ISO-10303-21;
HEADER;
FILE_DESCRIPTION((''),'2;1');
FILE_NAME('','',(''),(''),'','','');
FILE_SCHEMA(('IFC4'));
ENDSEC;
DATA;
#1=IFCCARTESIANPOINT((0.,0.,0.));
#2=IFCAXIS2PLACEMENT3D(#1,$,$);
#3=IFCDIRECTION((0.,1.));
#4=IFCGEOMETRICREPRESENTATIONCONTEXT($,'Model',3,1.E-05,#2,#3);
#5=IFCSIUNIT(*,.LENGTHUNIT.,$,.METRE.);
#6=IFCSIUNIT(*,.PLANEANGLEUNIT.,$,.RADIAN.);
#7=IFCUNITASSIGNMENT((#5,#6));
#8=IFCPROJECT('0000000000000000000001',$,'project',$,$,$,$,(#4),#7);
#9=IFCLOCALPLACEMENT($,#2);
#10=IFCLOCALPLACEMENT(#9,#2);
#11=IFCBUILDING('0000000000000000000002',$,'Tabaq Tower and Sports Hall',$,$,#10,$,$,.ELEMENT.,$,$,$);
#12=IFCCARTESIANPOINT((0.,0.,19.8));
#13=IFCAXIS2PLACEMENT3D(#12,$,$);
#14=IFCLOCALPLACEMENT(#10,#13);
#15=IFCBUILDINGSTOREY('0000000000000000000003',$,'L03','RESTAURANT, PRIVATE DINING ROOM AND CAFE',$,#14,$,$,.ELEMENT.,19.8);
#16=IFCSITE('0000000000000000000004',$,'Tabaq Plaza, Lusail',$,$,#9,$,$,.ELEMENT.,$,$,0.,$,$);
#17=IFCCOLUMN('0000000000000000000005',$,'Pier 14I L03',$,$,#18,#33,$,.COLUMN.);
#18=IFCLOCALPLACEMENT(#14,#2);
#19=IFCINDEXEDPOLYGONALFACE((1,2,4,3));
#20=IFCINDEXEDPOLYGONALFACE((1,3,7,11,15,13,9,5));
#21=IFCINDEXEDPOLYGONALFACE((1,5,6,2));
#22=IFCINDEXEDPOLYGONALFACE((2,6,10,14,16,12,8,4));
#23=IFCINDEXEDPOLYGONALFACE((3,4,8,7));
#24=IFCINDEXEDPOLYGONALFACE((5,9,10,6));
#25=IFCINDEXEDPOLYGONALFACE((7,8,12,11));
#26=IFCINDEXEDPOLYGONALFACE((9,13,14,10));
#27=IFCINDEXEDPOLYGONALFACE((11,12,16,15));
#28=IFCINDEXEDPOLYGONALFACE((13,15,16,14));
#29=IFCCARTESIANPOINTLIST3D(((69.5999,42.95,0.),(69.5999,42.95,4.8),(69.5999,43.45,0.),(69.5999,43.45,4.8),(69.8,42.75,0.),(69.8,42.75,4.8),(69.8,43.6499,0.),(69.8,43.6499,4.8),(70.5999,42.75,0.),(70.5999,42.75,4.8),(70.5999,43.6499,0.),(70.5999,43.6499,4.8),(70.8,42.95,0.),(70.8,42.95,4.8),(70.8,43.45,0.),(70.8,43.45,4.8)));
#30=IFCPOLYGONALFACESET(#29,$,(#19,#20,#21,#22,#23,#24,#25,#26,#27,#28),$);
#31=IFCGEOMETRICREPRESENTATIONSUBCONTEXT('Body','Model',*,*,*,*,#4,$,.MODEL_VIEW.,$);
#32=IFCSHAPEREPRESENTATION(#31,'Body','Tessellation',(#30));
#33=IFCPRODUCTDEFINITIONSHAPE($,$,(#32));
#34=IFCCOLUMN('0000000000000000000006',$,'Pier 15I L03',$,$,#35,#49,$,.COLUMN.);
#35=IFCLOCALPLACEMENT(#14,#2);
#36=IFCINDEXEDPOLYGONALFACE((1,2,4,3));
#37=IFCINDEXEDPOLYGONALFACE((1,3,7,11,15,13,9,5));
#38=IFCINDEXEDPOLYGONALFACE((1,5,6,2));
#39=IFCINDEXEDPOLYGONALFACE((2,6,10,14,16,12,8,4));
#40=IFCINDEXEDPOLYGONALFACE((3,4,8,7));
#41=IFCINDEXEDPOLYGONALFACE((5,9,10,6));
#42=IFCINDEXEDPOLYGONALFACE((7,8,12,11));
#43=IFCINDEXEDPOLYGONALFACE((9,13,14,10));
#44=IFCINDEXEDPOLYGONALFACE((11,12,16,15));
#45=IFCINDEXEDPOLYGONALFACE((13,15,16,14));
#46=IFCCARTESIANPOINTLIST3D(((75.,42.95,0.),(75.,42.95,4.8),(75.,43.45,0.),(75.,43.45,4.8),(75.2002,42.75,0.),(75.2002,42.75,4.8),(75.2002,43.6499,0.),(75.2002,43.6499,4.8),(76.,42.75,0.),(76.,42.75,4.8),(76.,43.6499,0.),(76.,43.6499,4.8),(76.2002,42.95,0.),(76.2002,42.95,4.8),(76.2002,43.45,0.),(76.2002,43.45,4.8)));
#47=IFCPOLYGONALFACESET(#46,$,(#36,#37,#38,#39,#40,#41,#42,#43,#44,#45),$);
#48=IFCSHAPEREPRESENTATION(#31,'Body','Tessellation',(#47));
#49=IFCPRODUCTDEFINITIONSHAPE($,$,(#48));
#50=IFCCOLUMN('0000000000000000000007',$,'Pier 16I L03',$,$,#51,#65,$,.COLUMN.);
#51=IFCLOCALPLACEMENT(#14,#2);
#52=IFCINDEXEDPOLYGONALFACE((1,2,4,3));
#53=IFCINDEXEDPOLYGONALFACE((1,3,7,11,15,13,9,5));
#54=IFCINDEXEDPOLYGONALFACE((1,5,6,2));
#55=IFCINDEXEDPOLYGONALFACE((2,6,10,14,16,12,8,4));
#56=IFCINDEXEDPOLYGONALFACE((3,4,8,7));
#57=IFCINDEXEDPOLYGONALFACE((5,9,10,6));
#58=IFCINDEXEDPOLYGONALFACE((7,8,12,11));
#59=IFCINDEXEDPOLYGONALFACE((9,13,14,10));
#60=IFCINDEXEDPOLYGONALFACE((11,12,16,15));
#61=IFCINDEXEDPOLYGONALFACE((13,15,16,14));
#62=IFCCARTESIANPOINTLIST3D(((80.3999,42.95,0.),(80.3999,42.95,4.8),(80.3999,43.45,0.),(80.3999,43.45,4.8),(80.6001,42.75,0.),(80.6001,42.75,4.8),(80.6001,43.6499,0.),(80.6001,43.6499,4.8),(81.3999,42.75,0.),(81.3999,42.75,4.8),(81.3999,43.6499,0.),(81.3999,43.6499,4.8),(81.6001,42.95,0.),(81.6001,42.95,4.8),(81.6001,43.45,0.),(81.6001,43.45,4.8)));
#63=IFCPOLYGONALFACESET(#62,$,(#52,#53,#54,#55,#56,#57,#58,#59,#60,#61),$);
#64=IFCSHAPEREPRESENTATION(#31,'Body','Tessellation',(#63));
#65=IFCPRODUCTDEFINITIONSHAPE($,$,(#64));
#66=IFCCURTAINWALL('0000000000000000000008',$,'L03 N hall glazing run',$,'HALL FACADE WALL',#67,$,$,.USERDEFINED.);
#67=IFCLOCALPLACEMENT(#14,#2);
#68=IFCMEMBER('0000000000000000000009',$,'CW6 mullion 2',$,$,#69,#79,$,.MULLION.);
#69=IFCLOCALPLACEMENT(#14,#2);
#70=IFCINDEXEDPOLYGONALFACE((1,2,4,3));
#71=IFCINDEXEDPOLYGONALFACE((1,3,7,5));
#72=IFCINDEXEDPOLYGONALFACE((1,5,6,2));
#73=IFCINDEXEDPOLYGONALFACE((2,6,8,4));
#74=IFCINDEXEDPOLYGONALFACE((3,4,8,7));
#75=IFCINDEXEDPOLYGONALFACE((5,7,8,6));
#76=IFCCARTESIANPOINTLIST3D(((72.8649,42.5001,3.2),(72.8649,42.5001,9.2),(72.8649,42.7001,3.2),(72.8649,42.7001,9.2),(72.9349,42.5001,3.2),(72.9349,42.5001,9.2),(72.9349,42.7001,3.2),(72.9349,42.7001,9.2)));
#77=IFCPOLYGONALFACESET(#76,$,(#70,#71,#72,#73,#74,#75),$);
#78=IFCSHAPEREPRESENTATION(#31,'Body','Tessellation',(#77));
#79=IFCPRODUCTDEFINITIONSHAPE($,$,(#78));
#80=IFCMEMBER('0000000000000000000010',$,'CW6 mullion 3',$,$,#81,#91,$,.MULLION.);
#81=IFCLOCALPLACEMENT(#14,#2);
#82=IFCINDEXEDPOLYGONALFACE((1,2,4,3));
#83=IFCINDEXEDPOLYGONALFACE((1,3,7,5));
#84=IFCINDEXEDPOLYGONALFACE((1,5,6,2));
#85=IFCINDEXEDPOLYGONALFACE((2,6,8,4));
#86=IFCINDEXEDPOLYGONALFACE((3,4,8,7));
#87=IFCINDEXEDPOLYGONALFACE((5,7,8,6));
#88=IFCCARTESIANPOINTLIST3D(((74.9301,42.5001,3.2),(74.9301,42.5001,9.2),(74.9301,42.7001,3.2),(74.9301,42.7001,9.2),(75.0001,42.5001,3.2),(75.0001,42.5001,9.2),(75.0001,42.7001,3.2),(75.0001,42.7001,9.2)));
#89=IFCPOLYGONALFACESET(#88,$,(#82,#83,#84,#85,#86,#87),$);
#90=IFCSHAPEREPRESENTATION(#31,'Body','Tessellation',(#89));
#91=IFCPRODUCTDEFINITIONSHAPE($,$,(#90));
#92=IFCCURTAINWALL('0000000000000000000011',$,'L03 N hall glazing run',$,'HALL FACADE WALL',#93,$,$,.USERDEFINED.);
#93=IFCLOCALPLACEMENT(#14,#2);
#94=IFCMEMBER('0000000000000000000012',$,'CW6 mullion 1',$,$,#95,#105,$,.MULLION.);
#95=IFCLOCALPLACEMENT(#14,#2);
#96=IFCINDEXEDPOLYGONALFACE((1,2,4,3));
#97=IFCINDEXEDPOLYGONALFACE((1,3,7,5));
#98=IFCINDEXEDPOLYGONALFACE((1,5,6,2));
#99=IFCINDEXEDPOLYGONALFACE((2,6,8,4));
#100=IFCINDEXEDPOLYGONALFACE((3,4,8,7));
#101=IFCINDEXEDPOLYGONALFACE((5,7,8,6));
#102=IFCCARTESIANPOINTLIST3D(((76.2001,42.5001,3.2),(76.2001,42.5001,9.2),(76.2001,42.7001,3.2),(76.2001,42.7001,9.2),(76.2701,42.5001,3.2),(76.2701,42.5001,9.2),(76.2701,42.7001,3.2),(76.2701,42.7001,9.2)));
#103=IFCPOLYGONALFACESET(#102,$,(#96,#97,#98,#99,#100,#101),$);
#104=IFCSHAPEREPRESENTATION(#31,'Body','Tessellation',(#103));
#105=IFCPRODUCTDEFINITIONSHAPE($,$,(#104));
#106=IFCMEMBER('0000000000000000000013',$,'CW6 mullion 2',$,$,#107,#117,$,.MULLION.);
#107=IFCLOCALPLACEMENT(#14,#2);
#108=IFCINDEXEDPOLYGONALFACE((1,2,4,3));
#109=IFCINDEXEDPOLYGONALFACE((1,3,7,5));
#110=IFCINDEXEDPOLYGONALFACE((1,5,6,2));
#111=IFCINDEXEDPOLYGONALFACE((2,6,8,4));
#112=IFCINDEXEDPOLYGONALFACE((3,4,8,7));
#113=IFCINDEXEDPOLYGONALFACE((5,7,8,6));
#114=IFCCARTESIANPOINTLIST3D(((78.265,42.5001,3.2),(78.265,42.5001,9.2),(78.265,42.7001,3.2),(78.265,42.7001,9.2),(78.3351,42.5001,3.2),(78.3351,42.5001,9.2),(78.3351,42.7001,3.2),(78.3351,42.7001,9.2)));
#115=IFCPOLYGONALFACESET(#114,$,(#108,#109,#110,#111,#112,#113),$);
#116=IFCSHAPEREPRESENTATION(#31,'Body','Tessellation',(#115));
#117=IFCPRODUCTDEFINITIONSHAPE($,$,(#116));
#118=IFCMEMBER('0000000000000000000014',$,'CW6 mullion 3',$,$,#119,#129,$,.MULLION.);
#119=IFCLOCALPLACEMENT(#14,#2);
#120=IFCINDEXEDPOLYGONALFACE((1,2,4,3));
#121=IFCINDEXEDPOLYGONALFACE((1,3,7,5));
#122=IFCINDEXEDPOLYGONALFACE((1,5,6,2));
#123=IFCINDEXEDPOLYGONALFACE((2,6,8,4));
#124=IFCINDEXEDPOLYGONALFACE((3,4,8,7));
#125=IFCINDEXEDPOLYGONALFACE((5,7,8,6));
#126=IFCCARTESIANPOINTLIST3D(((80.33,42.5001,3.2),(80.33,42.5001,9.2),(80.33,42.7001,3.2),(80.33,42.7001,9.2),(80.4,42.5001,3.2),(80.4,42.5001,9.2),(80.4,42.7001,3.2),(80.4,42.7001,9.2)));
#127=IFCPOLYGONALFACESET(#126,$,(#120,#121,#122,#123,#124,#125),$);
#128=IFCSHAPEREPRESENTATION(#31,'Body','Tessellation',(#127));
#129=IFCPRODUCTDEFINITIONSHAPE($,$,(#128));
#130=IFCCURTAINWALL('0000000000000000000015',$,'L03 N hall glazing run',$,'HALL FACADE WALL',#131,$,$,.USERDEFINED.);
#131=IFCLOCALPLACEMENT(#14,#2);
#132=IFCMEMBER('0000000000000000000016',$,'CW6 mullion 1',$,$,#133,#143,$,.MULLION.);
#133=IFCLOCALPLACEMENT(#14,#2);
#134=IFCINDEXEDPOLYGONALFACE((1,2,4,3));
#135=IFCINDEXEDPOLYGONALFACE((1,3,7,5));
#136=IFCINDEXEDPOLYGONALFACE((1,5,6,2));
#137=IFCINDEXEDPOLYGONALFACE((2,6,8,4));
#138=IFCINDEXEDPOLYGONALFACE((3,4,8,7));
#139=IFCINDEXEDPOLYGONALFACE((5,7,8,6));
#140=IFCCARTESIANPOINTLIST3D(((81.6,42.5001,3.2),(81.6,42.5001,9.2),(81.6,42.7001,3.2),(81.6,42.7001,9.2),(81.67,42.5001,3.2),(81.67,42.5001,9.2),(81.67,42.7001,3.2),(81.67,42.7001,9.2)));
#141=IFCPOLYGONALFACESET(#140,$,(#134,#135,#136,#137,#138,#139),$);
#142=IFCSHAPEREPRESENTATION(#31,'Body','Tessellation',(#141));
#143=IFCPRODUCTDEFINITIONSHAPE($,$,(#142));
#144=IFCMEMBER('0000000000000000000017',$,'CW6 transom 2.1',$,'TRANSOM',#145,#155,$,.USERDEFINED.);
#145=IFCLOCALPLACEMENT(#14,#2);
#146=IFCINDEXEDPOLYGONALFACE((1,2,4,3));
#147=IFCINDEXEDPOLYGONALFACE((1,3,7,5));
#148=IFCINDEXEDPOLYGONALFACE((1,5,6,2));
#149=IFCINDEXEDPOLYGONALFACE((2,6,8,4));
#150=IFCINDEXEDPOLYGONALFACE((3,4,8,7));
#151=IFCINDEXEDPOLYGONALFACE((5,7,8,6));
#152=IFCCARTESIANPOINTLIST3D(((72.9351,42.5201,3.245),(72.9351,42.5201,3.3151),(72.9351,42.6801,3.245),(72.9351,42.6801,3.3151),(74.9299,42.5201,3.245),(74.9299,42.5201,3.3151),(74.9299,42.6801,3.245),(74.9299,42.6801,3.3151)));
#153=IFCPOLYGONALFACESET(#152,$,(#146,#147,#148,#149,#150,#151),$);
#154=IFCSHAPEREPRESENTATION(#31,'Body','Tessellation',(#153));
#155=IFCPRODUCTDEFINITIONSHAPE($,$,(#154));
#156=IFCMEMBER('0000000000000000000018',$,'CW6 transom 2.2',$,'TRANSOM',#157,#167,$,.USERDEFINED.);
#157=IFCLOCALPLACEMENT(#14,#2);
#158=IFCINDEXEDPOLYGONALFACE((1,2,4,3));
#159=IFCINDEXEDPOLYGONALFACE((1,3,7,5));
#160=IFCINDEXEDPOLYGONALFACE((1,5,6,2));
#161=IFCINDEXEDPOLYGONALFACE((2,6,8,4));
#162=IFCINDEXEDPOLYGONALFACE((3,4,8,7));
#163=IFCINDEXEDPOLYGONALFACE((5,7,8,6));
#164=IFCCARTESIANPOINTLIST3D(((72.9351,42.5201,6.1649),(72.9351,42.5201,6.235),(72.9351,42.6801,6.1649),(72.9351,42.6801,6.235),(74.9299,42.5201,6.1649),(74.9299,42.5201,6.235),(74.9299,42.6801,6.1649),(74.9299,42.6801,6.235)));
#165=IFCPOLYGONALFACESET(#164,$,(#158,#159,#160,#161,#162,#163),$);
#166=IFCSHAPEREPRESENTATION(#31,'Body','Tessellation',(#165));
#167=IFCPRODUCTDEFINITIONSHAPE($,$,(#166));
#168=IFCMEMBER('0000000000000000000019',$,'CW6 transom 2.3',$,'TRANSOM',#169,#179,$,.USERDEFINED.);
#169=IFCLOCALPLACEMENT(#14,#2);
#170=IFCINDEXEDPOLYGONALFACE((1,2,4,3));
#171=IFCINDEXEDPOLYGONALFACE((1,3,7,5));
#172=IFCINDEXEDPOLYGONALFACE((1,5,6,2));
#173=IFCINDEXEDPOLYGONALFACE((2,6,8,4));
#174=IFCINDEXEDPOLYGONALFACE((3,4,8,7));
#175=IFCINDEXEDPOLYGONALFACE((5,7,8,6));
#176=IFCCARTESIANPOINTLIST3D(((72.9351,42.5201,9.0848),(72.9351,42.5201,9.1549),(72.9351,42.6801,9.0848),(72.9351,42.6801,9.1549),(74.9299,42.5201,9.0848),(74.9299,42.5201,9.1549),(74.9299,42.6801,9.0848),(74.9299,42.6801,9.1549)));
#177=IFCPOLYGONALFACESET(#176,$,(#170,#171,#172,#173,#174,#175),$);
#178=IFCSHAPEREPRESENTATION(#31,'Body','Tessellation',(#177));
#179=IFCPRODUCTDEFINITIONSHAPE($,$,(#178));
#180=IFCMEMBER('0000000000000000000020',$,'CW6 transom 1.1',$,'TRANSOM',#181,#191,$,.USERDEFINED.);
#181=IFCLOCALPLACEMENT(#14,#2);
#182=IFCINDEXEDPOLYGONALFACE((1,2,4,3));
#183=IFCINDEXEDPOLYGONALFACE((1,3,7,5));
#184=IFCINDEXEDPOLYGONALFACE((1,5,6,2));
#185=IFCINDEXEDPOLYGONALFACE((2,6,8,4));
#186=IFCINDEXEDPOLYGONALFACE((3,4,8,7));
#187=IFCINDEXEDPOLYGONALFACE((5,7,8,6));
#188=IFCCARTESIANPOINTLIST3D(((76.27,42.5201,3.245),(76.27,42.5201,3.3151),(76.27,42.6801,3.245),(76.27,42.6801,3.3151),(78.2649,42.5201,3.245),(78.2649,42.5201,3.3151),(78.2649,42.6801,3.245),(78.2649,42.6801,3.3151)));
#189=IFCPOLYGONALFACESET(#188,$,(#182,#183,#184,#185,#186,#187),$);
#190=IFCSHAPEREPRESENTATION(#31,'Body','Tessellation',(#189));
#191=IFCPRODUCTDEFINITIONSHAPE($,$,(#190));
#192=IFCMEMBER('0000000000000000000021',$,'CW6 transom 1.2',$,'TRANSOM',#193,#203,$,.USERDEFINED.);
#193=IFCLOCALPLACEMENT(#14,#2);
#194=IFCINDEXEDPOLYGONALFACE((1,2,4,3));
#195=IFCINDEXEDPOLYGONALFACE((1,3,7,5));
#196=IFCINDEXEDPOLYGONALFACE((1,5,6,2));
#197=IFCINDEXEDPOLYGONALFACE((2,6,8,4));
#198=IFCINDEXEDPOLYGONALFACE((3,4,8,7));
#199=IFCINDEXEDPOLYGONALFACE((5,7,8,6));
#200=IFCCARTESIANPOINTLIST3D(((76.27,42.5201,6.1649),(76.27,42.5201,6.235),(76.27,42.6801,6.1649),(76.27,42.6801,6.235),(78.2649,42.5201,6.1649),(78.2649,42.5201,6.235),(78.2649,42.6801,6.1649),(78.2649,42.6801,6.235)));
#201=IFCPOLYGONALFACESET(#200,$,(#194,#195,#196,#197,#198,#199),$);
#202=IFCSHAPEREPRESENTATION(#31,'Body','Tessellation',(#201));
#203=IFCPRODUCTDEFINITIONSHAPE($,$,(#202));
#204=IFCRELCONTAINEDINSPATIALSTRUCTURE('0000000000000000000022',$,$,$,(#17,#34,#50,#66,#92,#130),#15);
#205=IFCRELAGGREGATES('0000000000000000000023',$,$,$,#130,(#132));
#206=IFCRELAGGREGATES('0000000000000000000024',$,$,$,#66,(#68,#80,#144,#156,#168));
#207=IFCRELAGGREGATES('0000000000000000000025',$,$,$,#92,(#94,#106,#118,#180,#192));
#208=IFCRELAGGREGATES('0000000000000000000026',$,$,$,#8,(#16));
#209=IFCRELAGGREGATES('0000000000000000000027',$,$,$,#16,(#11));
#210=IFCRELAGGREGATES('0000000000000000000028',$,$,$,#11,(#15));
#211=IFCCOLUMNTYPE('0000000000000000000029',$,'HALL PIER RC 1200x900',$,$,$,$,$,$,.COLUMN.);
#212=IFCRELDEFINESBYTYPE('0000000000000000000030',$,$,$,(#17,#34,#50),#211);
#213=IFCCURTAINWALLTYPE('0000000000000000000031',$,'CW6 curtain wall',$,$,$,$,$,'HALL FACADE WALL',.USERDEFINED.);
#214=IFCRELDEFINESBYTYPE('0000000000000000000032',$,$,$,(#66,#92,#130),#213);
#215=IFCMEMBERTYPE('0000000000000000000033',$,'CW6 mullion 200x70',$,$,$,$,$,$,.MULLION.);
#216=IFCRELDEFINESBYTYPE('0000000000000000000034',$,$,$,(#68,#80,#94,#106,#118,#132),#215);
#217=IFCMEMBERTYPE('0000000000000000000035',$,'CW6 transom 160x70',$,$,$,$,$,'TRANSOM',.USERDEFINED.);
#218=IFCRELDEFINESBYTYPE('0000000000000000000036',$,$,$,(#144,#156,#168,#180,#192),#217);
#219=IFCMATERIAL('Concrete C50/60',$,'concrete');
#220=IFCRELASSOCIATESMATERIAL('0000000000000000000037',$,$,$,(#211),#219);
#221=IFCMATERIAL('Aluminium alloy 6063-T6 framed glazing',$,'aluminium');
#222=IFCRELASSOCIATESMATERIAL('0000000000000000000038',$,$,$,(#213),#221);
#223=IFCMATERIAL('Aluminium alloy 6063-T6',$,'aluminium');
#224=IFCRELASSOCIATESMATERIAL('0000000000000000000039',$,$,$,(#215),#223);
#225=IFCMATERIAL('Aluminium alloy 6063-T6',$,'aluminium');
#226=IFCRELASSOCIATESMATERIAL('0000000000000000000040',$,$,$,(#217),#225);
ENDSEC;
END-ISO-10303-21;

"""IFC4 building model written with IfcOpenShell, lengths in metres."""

from ifc_helpers import new_model, si_unit, direction, frame, origin, origin_2d, place, context, subcontext, project, spatial, polyline, rectangle, outline, extrude, material, material_profile, profile_set, type_object, element, aggregate, save


model = new_model("IFC4")

# Units and contexts
model_context = context("Model", 3, precision=1e-05, world=origin(), true_north=direction((0.0, 1.0)))
body_context = subcontext(model_context, "Body", "Model", "MODEL_VIEW")
ifc_project = project(units=[si_unit("LENGTHUNIT", "METRE"), si_unit("PLANEANGLEUNIT", "RADIAN")], contexts=[model_context])

# Site, building, storey
site_placement = place(None, origin())
site = spatial("IfcSite", under=ifc_project, at=site_placement, Name="Tabaq Plaza, Lusail", CompositionType="ELEMENT", RefElevation=0.0)
building_placement = place(site_placement, origin())
building = spatial("IfcBuilding", under=site, at=building_placement, Name="Tabaq Tower and Sports Hall", CompositionType="ELEMENT")
storey_placement = place(building_placement, frame((0.0, 0.0, 19.8)))
storey = spatial("IfcBuildingStorey", under=building, at=storey_placement, Name="L03", Description="RESTAURANT, PRIVATE DINING ROOM AND CAFE", CompositionType="ELEMENT", Elevation=19.8)

# Columns
ifc_material_1 = material(Name="Concrete C50/60", Category="concrete")
ifc_material_profile_1 = material_profile(ifc_material_1, outline(polyline([(-0.3999, -0.45), (0.3999, -0.45), (0.6001, -0.25), (0.6001, 0.25), (0.3999, 0.45), (-0.3999, 0.45), (-0.6001, 0.25), (-0.6001, -0.25), (-0.3999, -0.45)])), Name="PIER 1200x900")
ifc_profile_set_1 = profile_set([ifc_material_profile_1], Name="Concrete C50/60")
column_type = type_object("IfcColumnType", Name="HALL PIER RC 1200x900", PredefinedType="COLUMN", material=ifc_profile_set_1)
for number, where, z_axis, x_axis, name in (
    (1, (70.2, 43.2, 0.0), (0.0, 0.0, 1.0), (1.0, 0.0, 0.0), "Pier 14I L03"),
    (2, (75.6001, 43.2, 0.0), (0.0, 0.0, 1.0), (1.0, 0.0, 0.0), "Pier 15I L03"),
    (3, (81.0, 43.2, 0.0), (0.0, 0.0, 1.0), (1.0, 0.0, 0.0), "Pier 16I L03"),
):
    element("IfcColumn", number, at=place(storey_placement, frame(where, z_axis=z_axis, x_axis=x_axis)), inside=storey, type_object=column_type, Name=name, PredefinedType="COLUMN", context=body_context, shape_type="SweptSolid", body=[
        extrude(outline(polyline([(-0.3999, -0.45), (0.3999, -0.45), (0.6001, -0.25), (0.6001, 0.25), (0.3999, 0.45), (-0.3999, 0.45), (-0.6001, 0.25), (-0.6001, -0.25), (-0.3999, -0.45)])), origin(), (0.0, 0.0, 1.0), 4.8),
    ])

# Curtain walls, members
ifc_material_2 = material(Name="Aluminium alloy 6063-T6 framed glazing", Category="aluminium")
curtain_wall_type = type_object("IfcCurtainWallType", Name="CW6 curtain wall", ElementType="HALL FACADE WALL", PredefinedType="USERDEFINED", material=ifc_material_2)
curtain_wall_1_placement = place(storey_placement, origin())
curtain_wall_1 = element("IfcCurtainWall", 4, at=curtain_wall_1_placement, inside=storey, type_object=curtain_wall_type, Name="L03 N hall glazing run", ObjectType="HALL FACADE WALL", PredefinedType="USERDEFINED")
ifc_material_3 = material(Name="Aluminium alloy 6063-T6", Category="aluminium")
ifc_material_profile_2 = material_profile(ifc_material_3, rectangle(XDim=0.2, YDim=0.0701, at=origin_2d()), Name="MULLION 200x70")
ifc_profile_set_2 = profile_set([ifc_material_profile_2], Name="Aluminium alloy 6063-T6")
member_type_1 = type_object("IfcMemberType", Name="CW6 mullion 200x70", PredefinedType="MULLION", material=ifc_profile_set_2)
member_1_placement = place(storey_placement, frame((72.8999, 42.6001, 3.2), z_axis=(0.0, 0.0, 1.0), x_axis=(0.0, 1.0, 0.0)))
member_1 = element("IfcMember", 5, at=member_1_placement, type_object=member_type_1, Name="CW6 mullion 2", PredefinedType="MULLION", context=body_context, shape_type="SweptSolid", body=[
    extrude(rectangle(XDim=0.2, YDim=0.0701, at=origin_2d()), origin(), (0.0, 0.0, 1.0), 6.0),
])
member_2_placement = place(storey_placement, frame((74.9651, 42.6001, 3.2), z_axis=(0.0, 0.0, 1.0), x_axis=(0.0, 1.0, 0.0)))
member_2 = element("IfcMember", 6, at=member_2_placement, type_object=member_type_1, Name="CW6 mullion 3", PredefinedType="MULLION", context=body_context, shape_type="SweptSolid", body=[
    extrude(rectangle(XDim=0.2, YDim=0.0701, at=origin_2d()), origin(), (0.0, 0.0, 1.0), 6.0),
])
curtain_wall_2_placement = place(storey_placement, origin())
curtain_wall_2 = element("IfcCurtainWall", 7, at=curtain_wall_2_placement, inside=storey, type_object=curtain_wall_type, Name="L03 N hall glazing run", ObjectType="HALL FACADE WALL", PredefinedType="USERDEFINED")
member_3_placement = place(storey_placement, frame((76.2351, 42.6001, 3.2), z_axis=(0.0, 0.0, 1.0), x_axis=(0.0, 1.0, 0.0)))
member_3 = element("IfcMember", 8, at=member_3_placement, type_object=member_type_1, Name="CW6 mullion 1", PredefinedType="MULLION", context=body_context, shape_type="SweptSolid", body=[
    extrude(rectangle(XDim=0.2, YDim=0.0701, at=origin_2d()), origin(), (0.0, 0.0, 1.0), 6.0),
])
member_4_placement = place(storey_placement, frame((78.3, 42.6001, 3.2), z_axis=(0.0, 0.0, 1.0), x_axis=(0.0, 1.0, 0.0)))
member_4 = element("IfcMember", 9, at=member_4_placement, type_object=member_type_1, Name="CW6 mullion 2", PredefinedType="MULLION", context=body_context, shape_type="SweptSolid", body=[
    extrude(rectangle(XDim=0.2, YDim=0.0701, at=origin_2d()), origin(), (0.0, 0.0, 1.0), 6.0),
])
member_5_placement = place(storey_placement, frame((80.365, 42.6001, 3.2), z_axis=(0.0, 0.0, 1.0), x_axis=(0.0, 1.0, 0.0)))
member_5 = element("IfcMember", 10, at=member_5_placement, type_object=member_type_1, Name="CW6 mullion 3", PredefinedType="MULLION", context=body_context, shape_type="SweptSolid", body=[
    extrude(rectangle(XDim=0.2, YDim=0.0701, at=origin_2d()), origin(), (0.0, 0.0, 1.0), 6.0),
])

# Curtain wall, member
curtain_wall_3_placement = place(storey_placement, origin())
curtain_wall_3 = element("IfcCurtainWall", 11, at=curtain_wall_3_placement, inside=storey, type_object=curtain_wall_type, Name="L03 N hall glazing run", ObjectType="HALL FACADE WALL", PredefinedType="USERDEFINED")
member_6_placement = place(storey_placement, frame((81.635, 42.6001, 3.2), z_axis=(0.0, 0.0, 1.0), x_axis=(0.0, 1.0, 0.0)))
member_6 = element("IfcMember", 12, at=member_6_placement, type_object=member_type_1, Name="CW6 mullion 1", PredefinedType="MULLION", context=body_context, shape_type="SweptSolid", body=[
    extrude(rectangle(XDim=0.2, YDim=0.0701, at=origin_2d()), origin(), (0.0, 0.0, 1.0), 6.0),
])

# Members
ifc_material_4 = material(Name="Aluminium alloy 6063-T6", Category="aluminium")
ifc_material_profile_3 = material_profile(ifc_material_4, rectangle(XDim=0.1599, YDim=0.0701, at=origin_2d()), Name="TRANSOM 160x70")
ifc_profile_set_3 = profile_set([ifc_material_profile_3], Name="Aluminium alloy 6063-T6")
member_type_2 = type_object("IfcMemberType", Name="CW6 transom 160x70", ElementType="TRANSOM", PredefinedType="USERDEFINED", material=ifc_profile_set_3)
member_7_placement = place(storey_placement, frame((72.9351, 42.6001, 3.28), z_axis=(1.0, 0.0, 0.0), x_axis=(0.0, 1.0, 0.0)))
member_7 = element("IfcMember", 13, at=member_7_placement, type_object=member_type_2, Name="CW6 transom 2.1", ObjectType="TRANSOM", PredefinedType="USERDEFINED", context=body_context, shape_type="SweptSolid", body=[
    extrude(rectangle(XDim=0.1599, YDim=0.0701, at=origin_2d()), origin(), (0.0, 0.0, 1.0), 1.9949),
])
member_8_placement = place(storey_placement, frame((72.9351, 42.6001, 6.2), z_axis=(1.0, 0.0, 0.0), x_axis=(0.0, 1.0, 0.0)))
member_8 = element("IfcMember", 14, at=member_8_placement, type_object=member_type_2, Name="CW6 transom 2.2", ObjectType="TRANSOM", PredefinedType="USERDEFINED", context=body_context, shape_type="SweptSolid", body=[
    extrude(rectangle(XDim=0.1599, YDim=0.0701, at=origin_2d()), origin(), (0.0, 0.0, 1.0), 1.9949),
])
member_9_placement = place(storey_placement, frame((72.9351, 42.6001, 9.1199), z_axis=(1.0, 0.0, 0.0), x_axis=(0.0, 1.0, 0.0)))
member_9 = element("IfcMember", 15, at=member_9_placement, type_object=member_type_2, Name="CW6 transom 2.3", ObjectType="TRANSOM", PredefinedType="USERDEFINED", context=body_context, shape_type="SweptSolid", body=[
    extrude(rectangle(XDim=0.1599, YDim=0.0701, at=origin_2d()), origin(), (0.0, 0.0, 1.0), 1.9949),
])
member_10_placement = place(storey_placement, frame((76.27, 42.6001, 3.28), z_axis=(1.0, 0.0, 0.0), x_axis=(0.0, 1.0, 0.0)))
member_10 = element("IfcMember", 16, at=member_10_placement, type_object=member_type_2, Name="CW6 transom 1.1", ObjectType="TRANSOM", PredefinedType="USERDEFINED", context=body_context, shape_type="SweptSolid", body=[
    extrude(rectangle(XDim=0.1599, YDim=0.0701, at=origin_2d()), origin(), (0.0, 0.0, 1.0), 1.9949),
])
member_11_placement = place(storey_placement, frame((76.27, 42.6001, 6.2), z_axis=(1.0, 0.0, 0.0), x_axis=(0.0, 1.0, 0.0)))
member_11 = element("IfcMember", 17, at=member_11_placement, type_object=member_type_2, Name="CW6 transom 1.2", ObjectType="TRANSOM", PredefinedType="USERDEFINED", context=body_context, shape_type="SweptSolid", body=[
    extrude(rectangle(XDim=0.1599, YDim=0.0701, at=origin_2d()), origin(), (0.0, 0.0, 1.0), 1.9949),
])
aggregate(curtain_wall_3, [member_6])

aggregate(curtain_wall_1, [member_1, member_2, member_7, member_8, member_9])
aggregate(curtain_wall_2, [member_3, member_4, member_5, member_10, member_11])

save(model, "model.ifc")
